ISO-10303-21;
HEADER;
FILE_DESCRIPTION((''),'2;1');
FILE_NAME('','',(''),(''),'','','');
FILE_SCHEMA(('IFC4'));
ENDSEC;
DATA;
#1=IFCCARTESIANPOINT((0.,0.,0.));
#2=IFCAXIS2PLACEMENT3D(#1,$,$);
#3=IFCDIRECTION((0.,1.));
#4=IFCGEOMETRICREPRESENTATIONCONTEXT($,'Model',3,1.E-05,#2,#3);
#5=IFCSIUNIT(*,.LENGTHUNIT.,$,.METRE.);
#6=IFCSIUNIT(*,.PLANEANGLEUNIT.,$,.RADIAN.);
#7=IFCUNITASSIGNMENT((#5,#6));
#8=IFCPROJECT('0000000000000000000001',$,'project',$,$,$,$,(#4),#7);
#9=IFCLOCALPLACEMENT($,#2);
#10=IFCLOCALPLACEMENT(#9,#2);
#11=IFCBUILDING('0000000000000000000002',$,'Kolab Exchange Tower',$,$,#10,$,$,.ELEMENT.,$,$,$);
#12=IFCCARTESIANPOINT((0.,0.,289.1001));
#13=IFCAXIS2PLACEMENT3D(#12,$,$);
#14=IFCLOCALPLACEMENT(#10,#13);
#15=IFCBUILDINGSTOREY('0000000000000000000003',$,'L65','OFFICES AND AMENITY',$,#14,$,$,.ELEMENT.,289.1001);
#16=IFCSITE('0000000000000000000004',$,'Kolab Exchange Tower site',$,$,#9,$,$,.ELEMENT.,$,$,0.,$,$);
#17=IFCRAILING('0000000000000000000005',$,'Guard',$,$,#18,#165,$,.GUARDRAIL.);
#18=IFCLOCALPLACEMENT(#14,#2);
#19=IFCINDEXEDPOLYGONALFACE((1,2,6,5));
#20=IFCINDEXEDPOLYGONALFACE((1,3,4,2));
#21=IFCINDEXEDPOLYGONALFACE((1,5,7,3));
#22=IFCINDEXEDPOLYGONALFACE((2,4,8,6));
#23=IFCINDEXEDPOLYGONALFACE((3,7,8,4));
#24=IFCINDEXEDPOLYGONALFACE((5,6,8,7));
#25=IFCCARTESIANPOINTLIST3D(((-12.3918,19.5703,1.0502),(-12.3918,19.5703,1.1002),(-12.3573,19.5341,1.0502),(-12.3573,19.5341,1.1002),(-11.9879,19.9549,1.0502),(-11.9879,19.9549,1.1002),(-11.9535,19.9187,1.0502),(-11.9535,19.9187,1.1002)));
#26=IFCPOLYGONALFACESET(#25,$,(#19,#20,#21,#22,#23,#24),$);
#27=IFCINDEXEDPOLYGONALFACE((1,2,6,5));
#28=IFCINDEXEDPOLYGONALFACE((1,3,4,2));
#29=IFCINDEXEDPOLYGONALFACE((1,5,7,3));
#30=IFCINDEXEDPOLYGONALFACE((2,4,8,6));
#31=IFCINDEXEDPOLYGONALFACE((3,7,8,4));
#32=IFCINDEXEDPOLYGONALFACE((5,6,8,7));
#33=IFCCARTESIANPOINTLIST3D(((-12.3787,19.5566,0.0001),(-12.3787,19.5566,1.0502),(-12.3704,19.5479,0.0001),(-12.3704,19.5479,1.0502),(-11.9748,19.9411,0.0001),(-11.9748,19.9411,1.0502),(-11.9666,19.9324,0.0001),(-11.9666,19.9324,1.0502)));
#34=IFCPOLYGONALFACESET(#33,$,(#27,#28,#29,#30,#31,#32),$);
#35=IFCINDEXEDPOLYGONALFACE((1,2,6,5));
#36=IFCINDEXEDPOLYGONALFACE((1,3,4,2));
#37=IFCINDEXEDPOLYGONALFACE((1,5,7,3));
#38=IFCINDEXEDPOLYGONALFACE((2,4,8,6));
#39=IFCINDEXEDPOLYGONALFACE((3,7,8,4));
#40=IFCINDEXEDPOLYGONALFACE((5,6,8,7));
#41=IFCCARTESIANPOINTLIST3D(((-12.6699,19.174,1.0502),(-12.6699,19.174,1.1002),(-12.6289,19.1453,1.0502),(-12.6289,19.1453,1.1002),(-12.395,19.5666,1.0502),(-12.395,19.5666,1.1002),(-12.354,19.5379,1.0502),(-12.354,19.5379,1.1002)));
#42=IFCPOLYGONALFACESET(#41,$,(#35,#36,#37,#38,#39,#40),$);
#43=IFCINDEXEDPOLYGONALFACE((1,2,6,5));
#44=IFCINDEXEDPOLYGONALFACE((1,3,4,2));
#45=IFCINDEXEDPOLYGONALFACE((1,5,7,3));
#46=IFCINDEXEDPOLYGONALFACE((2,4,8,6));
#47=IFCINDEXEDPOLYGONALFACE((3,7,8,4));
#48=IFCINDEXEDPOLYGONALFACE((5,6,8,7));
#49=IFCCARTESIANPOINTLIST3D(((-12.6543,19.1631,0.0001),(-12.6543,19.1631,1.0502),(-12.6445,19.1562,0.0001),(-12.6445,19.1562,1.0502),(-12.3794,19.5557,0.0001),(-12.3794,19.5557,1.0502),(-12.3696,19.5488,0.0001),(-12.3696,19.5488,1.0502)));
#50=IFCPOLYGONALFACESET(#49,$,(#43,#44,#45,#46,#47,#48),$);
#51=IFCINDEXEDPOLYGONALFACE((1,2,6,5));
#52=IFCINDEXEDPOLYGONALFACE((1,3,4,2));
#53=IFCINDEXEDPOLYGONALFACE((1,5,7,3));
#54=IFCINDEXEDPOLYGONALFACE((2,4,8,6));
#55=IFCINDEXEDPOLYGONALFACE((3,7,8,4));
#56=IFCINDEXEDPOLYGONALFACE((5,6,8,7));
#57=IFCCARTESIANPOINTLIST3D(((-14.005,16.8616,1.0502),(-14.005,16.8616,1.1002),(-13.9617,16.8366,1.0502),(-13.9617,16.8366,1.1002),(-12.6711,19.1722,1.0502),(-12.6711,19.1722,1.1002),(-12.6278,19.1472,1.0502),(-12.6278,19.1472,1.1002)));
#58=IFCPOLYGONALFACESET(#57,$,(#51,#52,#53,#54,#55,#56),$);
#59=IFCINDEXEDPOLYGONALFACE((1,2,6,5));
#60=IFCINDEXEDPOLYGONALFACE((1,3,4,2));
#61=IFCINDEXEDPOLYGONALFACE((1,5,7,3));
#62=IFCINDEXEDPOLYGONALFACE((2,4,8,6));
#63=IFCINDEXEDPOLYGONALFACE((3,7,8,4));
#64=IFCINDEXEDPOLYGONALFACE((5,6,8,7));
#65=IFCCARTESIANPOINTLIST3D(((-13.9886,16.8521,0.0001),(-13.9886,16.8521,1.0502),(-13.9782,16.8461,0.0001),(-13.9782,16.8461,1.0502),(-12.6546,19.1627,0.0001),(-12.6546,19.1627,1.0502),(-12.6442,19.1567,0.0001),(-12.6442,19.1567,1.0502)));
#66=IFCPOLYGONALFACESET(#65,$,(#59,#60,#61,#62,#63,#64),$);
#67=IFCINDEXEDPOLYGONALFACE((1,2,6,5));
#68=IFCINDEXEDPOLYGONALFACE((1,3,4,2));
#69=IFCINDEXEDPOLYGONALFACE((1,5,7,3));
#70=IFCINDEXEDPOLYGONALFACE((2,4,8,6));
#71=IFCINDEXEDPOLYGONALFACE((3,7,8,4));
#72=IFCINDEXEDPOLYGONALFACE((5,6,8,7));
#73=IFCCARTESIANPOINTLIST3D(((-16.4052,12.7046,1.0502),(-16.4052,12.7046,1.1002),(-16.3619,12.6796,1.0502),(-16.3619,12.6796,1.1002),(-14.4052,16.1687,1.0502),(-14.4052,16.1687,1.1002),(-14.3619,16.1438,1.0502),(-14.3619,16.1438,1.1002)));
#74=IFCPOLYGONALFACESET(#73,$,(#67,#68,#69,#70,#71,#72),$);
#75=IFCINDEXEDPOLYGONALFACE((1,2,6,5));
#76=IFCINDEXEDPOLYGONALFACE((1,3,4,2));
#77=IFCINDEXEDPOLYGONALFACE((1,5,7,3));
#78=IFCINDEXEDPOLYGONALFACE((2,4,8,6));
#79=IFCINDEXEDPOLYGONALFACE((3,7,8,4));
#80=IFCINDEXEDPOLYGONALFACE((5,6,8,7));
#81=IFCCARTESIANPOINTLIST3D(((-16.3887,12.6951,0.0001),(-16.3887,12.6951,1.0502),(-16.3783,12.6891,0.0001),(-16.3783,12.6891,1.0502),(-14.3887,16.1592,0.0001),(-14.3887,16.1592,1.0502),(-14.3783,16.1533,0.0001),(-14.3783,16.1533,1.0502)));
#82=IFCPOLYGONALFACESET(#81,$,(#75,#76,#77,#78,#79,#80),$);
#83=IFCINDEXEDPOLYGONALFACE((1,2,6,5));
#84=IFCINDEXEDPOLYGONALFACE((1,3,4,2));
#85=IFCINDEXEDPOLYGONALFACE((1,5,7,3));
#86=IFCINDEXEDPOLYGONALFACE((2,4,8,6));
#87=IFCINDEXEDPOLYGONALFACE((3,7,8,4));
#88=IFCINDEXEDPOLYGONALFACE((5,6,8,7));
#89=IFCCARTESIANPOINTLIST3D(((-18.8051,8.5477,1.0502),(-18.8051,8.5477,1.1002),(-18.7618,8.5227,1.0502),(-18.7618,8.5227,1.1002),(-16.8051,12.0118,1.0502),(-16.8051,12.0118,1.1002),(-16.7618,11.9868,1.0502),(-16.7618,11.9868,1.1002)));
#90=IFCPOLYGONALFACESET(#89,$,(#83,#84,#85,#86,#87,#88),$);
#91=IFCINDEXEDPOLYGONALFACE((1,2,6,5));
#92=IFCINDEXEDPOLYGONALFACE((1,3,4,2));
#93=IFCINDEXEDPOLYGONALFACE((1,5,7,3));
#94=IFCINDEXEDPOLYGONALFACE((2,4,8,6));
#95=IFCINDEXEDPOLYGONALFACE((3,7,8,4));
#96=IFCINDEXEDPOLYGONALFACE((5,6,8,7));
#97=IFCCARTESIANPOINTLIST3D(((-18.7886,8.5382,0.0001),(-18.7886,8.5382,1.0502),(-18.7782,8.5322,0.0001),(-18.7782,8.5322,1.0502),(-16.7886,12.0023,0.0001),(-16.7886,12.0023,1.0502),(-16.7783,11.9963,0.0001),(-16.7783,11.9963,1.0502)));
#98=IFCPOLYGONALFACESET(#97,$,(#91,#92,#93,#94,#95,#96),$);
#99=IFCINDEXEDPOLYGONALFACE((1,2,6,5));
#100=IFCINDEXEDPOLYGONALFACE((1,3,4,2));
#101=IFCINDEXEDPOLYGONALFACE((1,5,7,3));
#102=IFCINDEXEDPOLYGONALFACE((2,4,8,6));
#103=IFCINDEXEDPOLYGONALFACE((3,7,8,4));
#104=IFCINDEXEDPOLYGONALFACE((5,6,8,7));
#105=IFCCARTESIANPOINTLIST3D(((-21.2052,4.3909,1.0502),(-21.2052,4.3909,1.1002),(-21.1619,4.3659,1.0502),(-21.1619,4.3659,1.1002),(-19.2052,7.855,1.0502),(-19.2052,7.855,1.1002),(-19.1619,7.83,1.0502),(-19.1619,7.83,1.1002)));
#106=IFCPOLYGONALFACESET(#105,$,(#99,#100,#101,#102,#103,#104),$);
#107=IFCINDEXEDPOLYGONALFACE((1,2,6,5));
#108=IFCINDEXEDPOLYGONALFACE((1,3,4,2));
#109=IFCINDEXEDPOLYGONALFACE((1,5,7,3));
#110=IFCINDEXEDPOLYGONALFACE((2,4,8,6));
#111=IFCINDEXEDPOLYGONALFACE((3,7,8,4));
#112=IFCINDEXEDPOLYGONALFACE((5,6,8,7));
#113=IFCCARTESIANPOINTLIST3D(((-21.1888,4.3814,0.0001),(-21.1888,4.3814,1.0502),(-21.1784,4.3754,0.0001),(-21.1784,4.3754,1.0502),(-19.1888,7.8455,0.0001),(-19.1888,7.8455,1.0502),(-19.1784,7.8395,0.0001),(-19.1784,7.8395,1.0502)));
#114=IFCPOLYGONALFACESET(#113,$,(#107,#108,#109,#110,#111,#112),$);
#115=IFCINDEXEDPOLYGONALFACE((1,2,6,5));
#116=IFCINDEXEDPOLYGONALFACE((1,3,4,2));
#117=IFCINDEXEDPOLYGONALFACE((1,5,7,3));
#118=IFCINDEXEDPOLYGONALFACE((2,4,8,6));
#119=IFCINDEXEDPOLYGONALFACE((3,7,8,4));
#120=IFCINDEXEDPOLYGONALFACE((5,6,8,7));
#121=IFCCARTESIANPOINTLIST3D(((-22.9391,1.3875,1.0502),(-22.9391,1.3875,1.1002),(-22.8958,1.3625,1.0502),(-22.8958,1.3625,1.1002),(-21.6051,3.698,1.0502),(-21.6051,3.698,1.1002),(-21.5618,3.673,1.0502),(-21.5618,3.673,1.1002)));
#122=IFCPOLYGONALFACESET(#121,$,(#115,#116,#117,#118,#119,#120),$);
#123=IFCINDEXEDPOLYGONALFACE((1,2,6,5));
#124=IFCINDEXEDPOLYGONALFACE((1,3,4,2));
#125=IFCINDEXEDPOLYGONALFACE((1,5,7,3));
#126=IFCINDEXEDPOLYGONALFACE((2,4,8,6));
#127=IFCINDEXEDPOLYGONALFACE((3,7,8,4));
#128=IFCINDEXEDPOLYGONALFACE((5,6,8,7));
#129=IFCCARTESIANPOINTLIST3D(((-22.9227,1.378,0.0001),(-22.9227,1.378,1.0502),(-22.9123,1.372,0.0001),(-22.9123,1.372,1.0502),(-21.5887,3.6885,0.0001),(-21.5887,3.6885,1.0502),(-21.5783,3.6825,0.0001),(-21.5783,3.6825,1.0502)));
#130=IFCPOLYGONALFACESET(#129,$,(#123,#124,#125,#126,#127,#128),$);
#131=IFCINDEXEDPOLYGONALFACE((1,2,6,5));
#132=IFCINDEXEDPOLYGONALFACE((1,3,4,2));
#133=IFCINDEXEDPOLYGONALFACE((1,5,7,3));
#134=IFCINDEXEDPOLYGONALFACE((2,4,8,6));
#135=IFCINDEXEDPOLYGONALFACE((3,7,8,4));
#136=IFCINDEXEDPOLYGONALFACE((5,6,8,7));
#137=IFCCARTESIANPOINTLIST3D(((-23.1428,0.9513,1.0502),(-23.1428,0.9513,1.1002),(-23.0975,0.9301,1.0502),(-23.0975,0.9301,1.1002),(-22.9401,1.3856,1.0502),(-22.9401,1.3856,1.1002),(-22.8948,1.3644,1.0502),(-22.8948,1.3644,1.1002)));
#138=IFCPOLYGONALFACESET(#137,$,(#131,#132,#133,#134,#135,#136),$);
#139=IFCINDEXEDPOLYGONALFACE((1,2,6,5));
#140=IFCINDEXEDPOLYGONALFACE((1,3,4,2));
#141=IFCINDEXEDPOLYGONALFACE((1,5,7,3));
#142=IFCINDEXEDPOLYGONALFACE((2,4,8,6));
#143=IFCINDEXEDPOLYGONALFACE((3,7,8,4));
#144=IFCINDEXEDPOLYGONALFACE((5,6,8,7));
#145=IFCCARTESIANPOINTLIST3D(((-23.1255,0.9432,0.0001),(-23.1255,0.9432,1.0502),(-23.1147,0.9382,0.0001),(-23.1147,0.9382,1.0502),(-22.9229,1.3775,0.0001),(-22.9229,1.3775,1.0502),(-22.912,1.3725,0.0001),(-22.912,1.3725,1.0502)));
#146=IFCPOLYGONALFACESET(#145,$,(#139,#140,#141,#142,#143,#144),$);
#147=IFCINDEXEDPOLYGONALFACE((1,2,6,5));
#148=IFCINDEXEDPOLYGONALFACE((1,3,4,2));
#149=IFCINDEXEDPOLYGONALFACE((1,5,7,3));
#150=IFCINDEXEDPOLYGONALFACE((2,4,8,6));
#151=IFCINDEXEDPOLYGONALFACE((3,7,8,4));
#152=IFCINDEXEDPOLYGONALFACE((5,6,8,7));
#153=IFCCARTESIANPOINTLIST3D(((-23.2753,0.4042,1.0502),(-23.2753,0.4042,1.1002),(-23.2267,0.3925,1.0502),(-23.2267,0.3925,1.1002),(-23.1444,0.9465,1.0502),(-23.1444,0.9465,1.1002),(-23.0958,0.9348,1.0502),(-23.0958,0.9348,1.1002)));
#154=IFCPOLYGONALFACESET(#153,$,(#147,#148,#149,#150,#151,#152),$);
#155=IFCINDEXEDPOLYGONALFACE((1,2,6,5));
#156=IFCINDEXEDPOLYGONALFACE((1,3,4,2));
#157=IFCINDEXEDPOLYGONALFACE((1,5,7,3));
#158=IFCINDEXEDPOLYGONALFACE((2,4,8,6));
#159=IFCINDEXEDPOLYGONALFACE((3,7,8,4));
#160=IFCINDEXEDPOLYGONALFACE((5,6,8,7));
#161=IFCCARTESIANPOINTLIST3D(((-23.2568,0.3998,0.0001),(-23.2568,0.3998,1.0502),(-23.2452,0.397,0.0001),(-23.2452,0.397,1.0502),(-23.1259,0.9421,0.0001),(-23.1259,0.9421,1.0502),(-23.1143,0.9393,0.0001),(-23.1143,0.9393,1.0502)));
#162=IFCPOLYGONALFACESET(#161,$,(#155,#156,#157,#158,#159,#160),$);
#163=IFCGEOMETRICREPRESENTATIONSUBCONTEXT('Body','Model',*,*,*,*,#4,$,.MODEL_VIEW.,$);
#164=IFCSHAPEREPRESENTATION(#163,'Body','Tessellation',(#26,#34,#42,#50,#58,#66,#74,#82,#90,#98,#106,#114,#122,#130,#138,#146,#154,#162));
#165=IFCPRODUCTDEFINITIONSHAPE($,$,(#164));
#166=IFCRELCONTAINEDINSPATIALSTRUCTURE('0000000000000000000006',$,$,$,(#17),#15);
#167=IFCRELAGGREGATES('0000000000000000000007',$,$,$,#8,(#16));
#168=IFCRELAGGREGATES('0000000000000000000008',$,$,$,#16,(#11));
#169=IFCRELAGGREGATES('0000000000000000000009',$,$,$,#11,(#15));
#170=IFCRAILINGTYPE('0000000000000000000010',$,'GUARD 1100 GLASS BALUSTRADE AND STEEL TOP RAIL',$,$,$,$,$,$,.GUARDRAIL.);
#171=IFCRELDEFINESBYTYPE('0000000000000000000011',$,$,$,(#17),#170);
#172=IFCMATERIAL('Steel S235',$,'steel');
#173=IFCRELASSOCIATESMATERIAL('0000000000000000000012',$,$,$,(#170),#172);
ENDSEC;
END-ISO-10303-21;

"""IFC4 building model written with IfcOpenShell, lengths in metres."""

from ifc_helpers import new_model, si_unit, direction, frame, frame_2d, origin, origin_2d, place, context, subcontext, project, spatial, rectangle, extrude, material, type_object, element, save


model = new_model("IFC4")

# Units and contexts
model_context = context("Model", 3, precision=1e-05, world=origin(), true_north=direction((0.0, 1.0)))
body_context = subcontext(model_context, "Body", "Model", "MODEL_VIEW")
ifc_project = project(units=[si_unit("LENGTHUNIT", "METRE"), si_unit("PLANEANGLEUNIT", "RADIAN")], contexts=[model_context])

# Site, building, storey
site_placement = place(None, origin())
site = spatial("IfcSite", under=ifc_project, at=site_placement, Name="Kolab Exchange Tower site", CompositionType="ELEMENT", RefElevation=0.0)
building_placement = place(site_placement, origin())
building = spatial("IfcBuilding", under=site, at=building_placement, Name="Kolab Exchange Tower", CompositionType="ELEMENT")
storey_placement = place(building_placement, frame((0.0, 0.0, 289.1001)))
storey = spatial("IfcBuildingStorey", under=building, at=storey_placement, Name="L65", Description="OFFICES AND AMENITY", CompositionType="ELEMENT", Elevation=289.1001)

# Shared definitions
ifc_material_1 = material(Name="Steel S235", Category="steel")

# Railing
railing_type = type_object("IfcRailingType", Name="GUARD 1100 GLASS BALUSTRADE AND STEEL TOP RAIL", PredefinedType="GUARDRAIL", material=ifc_material_1)
railing_placement = place(storey_placement, frame((-11.9707, 19.9368, 0.0)))
element("IfcRailing", 1, at=railing_placement, inside=storey, type_object=railing_type, Name="Guard", PredefinedType="GUARDRAIL", context=body_context, shape_type="SweptSolid", body=[
    extrude(rectangle(XDim=0.05, YDim=0.05, at=origin_2d()), frame((0.0, 0.0, 1.0752), z_axis=(-0.72419, -0.689601, 0.0), x_axis=(0.689601, -0.72419, 0.0)), (0.0, 0.0, 1.0), 0.5576),
    extrude(rectangle(XDim=0.012, YDim=1.0501, at=frame_2d((0.0, 0.5251))), frame((0.0, 0.0, 0.0), z_axis=(-0.72419, -0.689601, 0.0), x_axis=(0.689601, -0.72419, 0.0)), (0.0, 0.0, 1.0), 0.5576),
    extrude(rectangle(XDim=0.05, YDim=0.05, at=origin_2d()), frame((-0.4038, -0.3845, 1.0752), z_axis=(-0.573599, -0.819136, 0.0), x_axis=(0.819136, -0.573599, 0.0)), (0.0, 0.0, 1.0), 0.4792),
    extrude(rectangle(XDim=0.012, YDim=1.0501, at=frame_2d((0.0, 0.5251))), frame((-0.4038, -0.3845, 0.0), z_axis=(-0.573599, -0.819136, 0.0), x_axis=(0.819136, -0.573599, 0.0)), (0.0, 0.0, 1.0), 0.4792),
    extrude(rectangle(XDim=0.05, YDim=0.05, at=origin_2d()), frame((-0.6787, -0.7771, 1.0752), z_axis=(-0.499997, -0.866027, 0.0), x_axis=(0.866027, -0.499997, 0.0)), (0.0, 0.0, 1.0), 2.668),
    extrude(rectangle(XDim=0.012, YDim=1.0501, at=frame_2d((0.0, 0.5251))), frame((-0.6787, -0.7771, 0.0), z_axis=(-0.499997, -0.866027, 0.0), x_axis=(0.866027, -0.499997, 0.0)), (0.0, 0.0, 1.0), 2.668),
    extrude(rectangle(XDim=0.05, YDim=0.05, at=origin_2d()), frame((-2.4128, -3.7805, 1.0752), z_axis=(-0.499999, -0.866026, 0.0), x_axis=(0.866026, -0.499999, 0.0)), (0.0, 0.0, 1.0), 4.0),
    extrude(rectangle(XDim=0.012, YDim=1.0501, at=frame_2d((0.0, 0.5251))), frame((-2.4128, -3.7805, 0.0), z_axis=(-0.499999, -0.866026, 0.0), x_axis=(0.866026, -0.499999, 0.0)), (0.0, 0.0, 1.0), 4.0),
    extrude(rectangle(XDim=0.05, YDim=0.05, at=origin_2d()), frame((-4.8127, -7.9375, 1.0752), z_axis=(-0.499999, -0.866026, 0.0), x_axis=(0.866026, -0.499999, 0.0)), (0.0, 0.0, 1.0), 4.0),
    extrude(rectangle(XDim=0.012, YDim=1.0501, at=frame_2d((0.0, 0.5251))), frame((-4.8127, -7.9375, 0.0), z_axis=(-0.499999, -0.866026, 0.0), x_axis=(0.866026, -0.499999, 0.0)), (0.0, 0.0, 1.0), 4.0),
    extrude(rectangle(XDim=0.05, YDim=0.05, at=origin_2d()), frame((-7.2129, -12.0942, 1.0752), z_axis=(-0.499999, -0.866026, 0.0), x_axis=(0.866026, -0.499999, 0.0)), (0.0, 0.0, 1.0), 4.0),
    extrude(rectangle(XDim=0.012, YDim=1.0501, at=frame_2d((0.0, 0.5251))), frame((-7.2129, -12.0942, 0.0), z_axis=(-0.499999, -0.866026, 0.0), x_axis=(0.866026, -0.499999, 0.0)), (0.0, 0.0, 1.0), 4.0),
    extrude(rectangle(XDim=0.05, YDim=0.05, at=origin_2d()), frame((-9.6128, -16.2512, 1.0752), z_axis=(-0.499997, -0.866027, 0.0), x_axis=(0.866027, -0.499997, 0.0)), (0.0, 0.0, 1.0), 2.668),
    extrude(rectangle(XDim=0.012, YDim=1.0501, at=frame_2d((0.0, 0.5251))), frame((-9.6128, -16.2512, 0.0), z_axis=(-0.499997, -0.866027, 0.0), x_axis=(0.866027, -0.499997, 0.0)), (0.0, 0.0, 1.0), 2.668),
    extrude(rectangle(XDim=0.05, YDim=0.05, at=origin_2d()), frame((-10.9468, -18.5618, 1.0752), z_axis=(-0.422802, -0.906222, 0.0), x_axis=(0.906222, -0.422802, 0.0)), (0.0, 0.0, 1.0), 0.4792),
    extrude(rectangle(XDim=0.012, YDim=1.0501, at=frame_2d((0.0, 0.5251))), frame((-10.9468, -18.5618, 0.0), z_axis=(-0.422802, -0.906222, 0.0), x_axis=(0.906222, -0.422802, 0.0)), (0.0, 0.0, 1.0), 0.4792),
    extrude(rectangle(XDim=0.05, YDim=0.05, at=origin_2d()), frame((-11.1494, -18.9961, 1.0752), z_axis=(-0.234598, -0.972093, 0.0), x_axis=(0.972093, -0.234598, 0.0)), (0.0, 0.0, 1.0), 0.5579),
    extrude(rectangle(XDim=0.012, YDim=1.0501, at=frame_2d((0.0, 0.5251))), frame((-11.1494, -18.9961, 0.0), z_axis=(-0.234598, -0.972093, 0.0), x_axis=(0.972093, -0.234598, 0.0)), (0.0, 0.0, 1.0), 0.5579),
])

save(model, "model.ifc")
